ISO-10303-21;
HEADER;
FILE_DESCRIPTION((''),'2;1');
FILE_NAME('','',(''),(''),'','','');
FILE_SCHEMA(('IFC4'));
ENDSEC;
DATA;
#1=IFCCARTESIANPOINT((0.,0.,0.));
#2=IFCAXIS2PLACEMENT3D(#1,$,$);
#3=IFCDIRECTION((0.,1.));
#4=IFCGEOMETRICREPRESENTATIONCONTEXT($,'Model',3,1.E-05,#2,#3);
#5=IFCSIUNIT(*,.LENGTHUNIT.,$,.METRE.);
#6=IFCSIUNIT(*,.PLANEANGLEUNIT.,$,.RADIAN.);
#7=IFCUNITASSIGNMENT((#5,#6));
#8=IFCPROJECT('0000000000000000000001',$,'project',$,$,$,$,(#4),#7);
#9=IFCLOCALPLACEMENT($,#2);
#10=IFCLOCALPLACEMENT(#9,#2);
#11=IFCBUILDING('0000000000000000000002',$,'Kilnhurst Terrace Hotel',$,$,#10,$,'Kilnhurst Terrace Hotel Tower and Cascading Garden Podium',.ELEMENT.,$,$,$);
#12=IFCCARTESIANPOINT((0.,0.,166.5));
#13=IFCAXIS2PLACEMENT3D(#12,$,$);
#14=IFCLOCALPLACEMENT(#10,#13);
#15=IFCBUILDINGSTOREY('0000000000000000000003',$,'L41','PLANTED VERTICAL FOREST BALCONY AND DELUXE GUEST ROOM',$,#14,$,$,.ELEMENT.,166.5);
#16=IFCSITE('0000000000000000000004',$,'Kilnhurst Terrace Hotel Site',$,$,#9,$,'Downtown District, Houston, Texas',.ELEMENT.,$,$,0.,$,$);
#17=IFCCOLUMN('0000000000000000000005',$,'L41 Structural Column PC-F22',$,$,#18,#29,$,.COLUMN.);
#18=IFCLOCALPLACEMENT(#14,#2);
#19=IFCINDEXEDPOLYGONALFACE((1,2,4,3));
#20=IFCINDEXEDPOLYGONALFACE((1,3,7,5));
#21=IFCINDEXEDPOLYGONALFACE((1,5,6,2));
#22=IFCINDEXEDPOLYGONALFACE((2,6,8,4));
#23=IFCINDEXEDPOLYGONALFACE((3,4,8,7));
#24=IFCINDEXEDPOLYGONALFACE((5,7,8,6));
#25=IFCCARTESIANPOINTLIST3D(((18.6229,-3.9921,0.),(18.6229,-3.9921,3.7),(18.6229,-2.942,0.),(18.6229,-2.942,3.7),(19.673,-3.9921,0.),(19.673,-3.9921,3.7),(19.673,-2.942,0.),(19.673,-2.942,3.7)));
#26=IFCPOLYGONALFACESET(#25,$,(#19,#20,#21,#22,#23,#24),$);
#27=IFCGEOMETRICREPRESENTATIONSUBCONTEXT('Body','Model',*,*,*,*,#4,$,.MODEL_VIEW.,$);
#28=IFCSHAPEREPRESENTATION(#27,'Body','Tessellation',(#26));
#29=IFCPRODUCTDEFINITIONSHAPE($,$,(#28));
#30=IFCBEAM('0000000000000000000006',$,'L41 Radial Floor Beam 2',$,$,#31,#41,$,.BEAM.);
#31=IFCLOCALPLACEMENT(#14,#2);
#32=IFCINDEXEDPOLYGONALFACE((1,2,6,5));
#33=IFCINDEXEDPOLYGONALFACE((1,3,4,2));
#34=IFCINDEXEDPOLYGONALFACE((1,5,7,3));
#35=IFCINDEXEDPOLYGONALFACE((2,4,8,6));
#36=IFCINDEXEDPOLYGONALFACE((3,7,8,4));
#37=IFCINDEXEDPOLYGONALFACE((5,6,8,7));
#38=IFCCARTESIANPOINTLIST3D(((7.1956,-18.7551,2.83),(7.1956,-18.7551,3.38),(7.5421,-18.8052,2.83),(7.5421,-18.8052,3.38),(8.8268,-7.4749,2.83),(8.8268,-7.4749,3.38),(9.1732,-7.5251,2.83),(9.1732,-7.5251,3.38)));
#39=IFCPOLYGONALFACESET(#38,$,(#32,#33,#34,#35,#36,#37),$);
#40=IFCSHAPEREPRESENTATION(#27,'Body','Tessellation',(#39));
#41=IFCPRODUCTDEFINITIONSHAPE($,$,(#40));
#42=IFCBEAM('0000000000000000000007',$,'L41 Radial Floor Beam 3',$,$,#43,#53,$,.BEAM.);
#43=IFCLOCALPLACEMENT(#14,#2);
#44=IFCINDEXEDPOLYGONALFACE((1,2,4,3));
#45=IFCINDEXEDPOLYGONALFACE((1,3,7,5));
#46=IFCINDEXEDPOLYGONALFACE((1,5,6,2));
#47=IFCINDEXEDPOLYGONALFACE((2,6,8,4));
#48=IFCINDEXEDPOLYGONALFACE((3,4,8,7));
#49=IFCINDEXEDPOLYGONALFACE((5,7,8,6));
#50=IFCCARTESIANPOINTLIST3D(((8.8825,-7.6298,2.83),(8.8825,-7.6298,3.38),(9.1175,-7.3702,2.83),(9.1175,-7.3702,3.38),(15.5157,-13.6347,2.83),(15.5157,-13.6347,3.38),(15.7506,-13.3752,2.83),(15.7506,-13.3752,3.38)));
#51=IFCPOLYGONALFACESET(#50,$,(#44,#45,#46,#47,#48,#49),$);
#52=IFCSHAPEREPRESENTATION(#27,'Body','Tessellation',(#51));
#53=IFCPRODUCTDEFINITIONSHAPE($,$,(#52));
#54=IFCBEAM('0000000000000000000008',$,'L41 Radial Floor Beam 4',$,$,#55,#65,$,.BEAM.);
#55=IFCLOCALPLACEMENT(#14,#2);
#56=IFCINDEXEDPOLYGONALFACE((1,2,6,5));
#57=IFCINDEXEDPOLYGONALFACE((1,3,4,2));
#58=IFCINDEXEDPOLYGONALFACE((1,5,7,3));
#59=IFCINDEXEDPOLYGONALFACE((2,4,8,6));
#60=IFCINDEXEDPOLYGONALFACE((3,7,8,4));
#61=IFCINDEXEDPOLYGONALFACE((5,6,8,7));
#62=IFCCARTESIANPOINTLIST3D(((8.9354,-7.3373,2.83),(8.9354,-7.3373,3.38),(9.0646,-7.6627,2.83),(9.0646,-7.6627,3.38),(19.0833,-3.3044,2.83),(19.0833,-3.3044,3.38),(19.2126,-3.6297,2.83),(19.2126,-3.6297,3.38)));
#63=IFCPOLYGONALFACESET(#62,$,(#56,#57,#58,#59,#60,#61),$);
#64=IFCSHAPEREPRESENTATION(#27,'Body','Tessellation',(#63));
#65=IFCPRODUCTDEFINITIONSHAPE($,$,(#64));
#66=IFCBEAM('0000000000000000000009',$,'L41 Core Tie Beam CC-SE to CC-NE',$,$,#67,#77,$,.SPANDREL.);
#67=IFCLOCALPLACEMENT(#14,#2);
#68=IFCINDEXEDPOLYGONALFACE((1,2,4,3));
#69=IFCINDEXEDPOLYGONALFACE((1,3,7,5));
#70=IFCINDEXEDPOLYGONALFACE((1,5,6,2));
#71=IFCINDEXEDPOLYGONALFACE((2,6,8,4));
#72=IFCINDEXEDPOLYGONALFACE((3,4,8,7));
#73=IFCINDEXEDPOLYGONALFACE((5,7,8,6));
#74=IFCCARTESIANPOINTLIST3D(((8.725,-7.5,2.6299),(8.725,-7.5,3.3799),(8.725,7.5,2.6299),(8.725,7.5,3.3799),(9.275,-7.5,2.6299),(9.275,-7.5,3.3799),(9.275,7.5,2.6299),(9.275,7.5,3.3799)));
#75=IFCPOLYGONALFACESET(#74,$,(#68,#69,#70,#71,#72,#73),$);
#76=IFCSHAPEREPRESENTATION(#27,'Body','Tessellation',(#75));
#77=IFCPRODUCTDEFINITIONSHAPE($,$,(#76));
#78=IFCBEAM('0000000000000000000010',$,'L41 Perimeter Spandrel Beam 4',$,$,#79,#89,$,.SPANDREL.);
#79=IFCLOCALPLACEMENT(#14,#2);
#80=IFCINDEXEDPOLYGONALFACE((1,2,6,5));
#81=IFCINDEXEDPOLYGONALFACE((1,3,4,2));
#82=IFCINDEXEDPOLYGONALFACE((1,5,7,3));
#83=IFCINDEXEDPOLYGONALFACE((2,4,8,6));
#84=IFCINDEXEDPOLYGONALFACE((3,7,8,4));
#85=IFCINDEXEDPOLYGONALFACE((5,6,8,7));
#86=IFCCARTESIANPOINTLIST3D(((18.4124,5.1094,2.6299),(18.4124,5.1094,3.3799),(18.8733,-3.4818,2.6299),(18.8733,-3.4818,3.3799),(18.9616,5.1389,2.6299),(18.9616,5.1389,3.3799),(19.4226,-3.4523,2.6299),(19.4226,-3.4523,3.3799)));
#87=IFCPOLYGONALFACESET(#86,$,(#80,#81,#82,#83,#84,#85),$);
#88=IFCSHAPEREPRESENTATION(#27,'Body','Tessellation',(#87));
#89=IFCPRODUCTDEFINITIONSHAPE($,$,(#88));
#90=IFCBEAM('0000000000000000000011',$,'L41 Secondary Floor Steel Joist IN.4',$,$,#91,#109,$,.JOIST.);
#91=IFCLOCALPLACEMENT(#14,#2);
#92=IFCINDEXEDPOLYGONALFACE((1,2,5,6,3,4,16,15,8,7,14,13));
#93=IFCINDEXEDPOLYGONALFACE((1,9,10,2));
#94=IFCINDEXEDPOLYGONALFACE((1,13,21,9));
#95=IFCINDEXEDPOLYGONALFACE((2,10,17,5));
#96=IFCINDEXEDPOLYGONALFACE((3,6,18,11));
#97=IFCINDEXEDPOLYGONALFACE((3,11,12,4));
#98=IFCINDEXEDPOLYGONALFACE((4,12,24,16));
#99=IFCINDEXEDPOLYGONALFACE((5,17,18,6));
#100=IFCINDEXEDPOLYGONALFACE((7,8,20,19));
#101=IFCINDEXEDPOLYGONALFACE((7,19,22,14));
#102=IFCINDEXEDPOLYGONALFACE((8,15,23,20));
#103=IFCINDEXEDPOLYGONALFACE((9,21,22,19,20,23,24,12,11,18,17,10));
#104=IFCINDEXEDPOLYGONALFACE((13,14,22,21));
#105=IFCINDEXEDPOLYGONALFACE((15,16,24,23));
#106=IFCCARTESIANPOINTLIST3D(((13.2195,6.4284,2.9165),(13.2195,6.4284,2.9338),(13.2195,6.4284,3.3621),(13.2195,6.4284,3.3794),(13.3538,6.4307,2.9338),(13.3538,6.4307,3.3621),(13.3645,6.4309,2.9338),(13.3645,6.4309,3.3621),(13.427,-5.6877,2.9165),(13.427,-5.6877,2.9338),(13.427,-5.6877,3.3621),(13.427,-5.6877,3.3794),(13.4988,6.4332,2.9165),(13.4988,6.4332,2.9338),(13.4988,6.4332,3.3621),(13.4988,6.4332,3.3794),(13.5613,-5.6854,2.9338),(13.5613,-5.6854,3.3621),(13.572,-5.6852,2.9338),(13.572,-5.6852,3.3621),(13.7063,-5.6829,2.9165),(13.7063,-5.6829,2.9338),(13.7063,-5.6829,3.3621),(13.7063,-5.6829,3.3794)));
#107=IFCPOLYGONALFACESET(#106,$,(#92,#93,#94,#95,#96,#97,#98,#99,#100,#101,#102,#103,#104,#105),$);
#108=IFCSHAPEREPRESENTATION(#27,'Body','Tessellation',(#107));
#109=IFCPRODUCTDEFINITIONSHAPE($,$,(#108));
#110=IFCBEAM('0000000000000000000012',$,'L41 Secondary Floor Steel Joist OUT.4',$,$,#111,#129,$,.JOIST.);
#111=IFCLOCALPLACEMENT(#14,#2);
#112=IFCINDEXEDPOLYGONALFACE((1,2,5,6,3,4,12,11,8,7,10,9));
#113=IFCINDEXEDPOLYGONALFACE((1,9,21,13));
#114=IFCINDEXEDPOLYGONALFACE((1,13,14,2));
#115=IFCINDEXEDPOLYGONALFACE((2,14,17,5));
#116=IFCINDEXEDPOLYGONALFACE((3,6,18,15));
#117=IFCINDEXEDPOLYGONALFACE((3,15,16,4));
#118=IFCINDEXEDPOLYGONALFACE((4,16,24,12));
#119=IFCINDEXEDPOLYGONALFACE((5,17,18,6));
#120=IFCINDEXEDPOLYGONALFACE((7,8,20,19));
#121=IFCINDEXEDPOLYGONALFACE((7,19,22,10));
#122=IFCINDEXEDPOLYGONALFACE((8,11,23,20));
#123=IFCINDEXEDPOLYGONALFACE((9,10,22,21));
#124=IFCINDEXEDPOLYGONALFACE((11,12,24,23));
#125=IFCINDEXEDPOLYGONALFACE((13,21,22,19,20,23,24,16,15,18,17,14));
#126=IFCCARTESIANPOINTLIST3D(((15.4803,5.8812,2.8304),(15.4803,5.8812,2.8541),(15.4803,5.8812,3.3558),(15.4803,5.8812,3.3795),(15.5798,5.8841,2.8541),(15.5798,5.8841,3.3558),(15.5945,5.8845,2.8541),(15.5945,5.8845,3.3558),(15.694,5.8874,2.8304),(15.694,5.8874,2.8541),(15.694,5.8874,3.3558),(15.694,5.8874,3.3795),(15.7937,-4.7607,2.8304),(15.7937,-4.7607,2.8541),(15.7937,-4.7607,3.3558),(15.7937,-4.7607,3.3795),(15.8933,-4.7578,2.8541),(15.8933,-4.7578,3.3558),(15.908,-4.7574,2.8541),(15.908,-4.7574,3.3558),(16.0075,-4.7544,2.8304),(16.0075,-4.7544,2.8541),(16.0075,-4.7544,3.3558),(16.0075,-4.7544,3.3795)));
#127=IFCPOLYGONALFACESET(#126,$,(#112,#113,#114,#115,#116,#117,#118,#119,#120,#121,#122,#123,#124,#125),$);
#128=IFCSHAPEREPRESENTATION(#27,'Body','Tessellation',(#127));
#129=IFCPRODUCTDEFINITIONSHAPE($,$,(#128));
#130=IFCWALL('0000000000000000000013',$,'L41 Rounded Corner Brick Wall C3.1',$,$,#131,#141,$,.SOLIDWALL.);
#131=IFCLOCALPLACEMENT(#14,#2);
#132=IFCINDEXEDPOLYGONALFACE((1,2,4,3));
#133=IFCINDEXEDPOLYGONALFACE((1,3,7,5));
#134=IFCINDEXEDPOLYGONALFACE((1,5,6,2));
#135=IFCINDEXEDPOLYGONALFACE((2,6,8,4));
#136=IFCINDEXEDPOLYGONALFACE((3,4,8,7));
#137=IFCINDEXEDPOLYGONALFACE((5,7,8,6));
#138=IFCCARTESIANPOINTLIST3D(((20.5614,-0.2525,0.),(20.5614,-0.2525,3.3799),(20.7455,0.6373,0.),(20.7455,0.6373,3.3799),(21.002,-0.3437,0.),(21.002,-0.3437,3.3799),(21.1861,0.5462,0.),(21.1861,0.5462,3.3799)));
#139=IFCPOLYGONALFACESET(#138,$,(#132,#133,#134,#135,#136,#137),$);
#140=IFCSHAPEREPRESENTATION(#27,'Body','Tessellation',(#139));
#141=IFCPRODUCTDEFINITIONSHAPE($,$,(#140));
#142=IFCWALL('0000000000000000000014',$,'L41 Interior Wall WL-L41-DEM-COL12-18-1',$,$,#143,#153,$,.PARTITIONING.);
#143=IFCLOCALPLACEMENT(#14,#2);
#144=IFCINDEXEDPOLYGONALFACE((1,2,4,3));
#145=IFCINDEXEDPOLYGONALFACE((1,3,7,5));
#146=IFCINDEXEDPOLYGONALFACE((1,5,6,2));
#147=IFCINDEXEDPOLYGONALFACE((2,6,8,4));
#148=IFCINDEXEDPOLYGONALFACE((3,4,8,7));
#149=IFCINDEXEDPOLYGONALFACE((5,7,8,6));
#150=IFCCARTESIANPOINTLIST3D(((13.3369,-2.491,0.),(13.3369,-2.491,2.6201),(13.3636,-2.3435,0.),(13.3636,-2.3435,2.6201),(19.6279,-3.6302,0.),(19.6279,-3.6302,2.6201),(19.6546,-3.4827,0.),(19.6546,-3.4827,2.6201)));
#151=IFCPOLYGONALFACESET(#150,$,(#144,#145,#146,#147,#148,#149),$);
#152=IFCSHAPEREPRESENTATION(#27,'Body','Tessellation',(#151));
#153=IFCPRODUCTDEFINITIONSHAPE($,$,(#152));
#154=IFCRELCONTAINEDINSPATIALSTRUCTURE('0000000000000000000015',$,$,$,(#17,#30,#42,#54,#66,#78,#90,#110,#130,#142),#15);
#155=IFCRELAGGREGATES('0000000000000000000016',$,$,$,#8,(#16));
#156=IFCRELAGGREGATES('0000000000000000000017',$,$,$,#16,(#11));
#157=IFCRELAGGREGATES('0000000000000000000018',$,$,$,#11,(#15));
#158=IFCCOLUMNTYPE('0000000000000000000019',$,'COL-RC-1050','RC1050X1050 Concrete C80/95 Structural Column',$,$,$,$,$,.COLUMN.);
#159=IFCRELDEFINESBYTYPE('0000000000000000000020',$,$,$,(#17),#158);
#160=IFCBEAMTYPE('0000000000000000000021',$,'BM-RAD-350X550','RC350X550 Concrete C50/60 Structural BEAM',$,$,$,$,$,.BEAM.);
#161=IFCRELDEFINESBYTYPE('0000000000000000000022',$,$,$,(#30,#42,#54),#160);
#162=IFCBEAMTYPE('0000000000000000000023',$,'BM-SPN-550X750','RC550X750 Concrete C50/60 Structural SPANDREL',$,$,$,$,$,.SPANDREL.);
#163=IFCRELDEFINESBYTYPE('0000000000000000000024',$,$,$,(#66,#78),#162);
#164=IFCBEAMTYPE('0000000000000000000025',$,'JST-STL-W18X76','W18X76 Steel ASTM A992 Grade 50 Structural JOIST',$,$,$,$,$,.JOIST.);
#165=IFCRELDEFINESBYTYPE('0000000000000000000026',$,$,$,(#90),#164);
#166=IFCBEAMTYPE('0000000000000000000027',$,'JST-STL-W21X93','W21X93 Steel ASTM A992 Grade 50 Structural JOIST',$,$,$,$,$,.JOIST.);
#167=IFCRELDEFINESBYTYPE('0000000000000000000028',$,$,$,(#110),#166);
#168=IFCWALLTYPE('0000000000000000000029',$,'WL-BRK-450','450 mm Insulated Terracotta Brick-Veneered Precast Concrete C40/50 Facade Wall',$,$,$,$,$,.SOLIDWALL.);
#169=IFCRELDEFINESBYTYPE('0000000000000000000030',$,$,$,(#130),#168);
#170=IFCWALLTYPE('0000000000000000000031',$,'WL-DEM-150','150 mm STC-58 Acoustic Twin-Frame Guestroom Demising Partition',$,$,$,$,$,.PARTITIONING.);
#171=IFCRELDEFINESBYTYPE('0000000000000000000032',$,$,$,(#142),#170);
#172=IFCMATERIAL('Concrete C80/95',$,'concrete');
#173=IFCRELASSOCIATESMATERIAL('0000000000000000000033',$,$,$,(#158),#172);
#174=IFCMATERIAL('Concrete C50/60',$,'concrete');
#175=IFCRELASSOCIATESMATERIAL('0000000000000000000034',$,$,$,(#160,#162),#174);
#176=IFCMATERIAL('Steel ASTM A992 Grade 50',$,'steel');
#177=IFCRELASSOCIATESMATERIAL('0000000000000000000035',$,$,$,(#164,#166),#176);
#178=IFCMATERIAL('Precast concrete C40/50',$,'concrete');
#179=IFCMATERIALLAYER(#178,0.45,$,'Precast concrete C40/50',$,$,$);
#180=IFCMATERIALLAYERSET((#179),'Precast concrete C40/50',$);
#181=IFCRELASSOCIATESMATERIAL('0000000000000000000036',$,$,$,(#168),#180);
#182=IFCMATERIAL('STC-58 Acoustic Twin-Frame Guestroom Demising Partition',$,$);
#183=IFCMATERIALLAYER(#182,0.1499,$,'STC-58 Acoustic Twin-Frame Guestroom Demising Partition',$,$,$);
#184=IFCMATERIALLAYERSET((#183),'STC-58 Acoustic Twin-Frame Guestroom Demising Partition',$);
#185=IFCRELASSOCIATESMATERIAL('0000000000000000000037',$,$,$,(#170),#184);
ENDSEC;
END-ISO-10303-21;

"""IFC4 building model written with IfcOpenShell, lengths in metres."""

from ifc_helpers import new_model, si_unit, direction, frame, frame_2d, origin, origin_2d, place, context, subcontext, project, spatial, rectangle, i_section, extrude, material, layer, layer_set, material_profile, profile_set, type_object, element, save


model = new_model("IFC4")

# Units and contexts
model_context = context("Model", 3, precision=1e-05, world=origin(), true_north=direction((0.0, 1.0)))
body_context = subcontext(model_context, "Body", "Model", "MODEL_VIEW")
ifc_project = project(units=[si_unit("LENGTHUNIT", "METRE"), si_unit("PLANEANGLEUNIT", "RADIAN")], contexts=[model_context])

# Site, building, storey
site_placement = place(None, origin())
site = spatial("IfcSite", under=ifc_project, at=site_placement, Name="Kilnhurst Terrace Hotel Site", LongName="Downtown District, Houston, Texas", CompositionType="ELEMENT", RefElevation=0.0)
building_placement = place(site_placement, origin())
building = spatial("IfcBuilding", under=site, at=building_placement, Name="Kilnhurst Terrace Hotel", LongName="Kilnhurst Terrace Hotel Tower and Cascading Garden Podium", CompositionType="ELEMENT")
storey_placement = place(building_placement, frame((0.0, 0.0, 166.5)))
storey = spatial("IfcBuildingStorey", under=building, at=storey_placement, Name="L41", Description="PLANTED VERTICAL FOREST BALCONY AND DELUXE GUEST ROOM", CompositionType="ELEMENT", Elevation=166.5)

# Column
ifc_material_1 = material(Name="Concrete C80/95", Category="concrete")
ifc_material_profile_1 = material_profile(ifc_material_1, rectangle(XDim=1.05, YDim=1.05, at=origin_2d()), Name="RC1050X1050")
ifc_profile_set_1 = profile_set([ifc_material_profile_1], Name="Concrete C80/95")
column_type = type_object("IfcColumnType", Name="COL-RC-1050", Description="RC1050X1050 Concrete C80/95 Structural Column", PredefinedType="COLUMN", material=ifc_profile_set_1)
column_placement = place(storey_placement, frame((19.1479, -3.467, 0.0), z_axis=(0.0, 0.0, 1.0), x_axis=(1.0, 0.0, 0.0)))
element("IfcColumn", 1, at=column_placement, inside=storey, type_object=column_type, Name="L41 Structural Column PC-F22", PredefinedType="COLUMN", context=body_context, shape_type="SweptSolid", body=[
    extrude(rectangle(XDim=1.05, YDim=1.05, at=origin_2d()), origin(), (0.0, 0.0, 1.0), 3.7),
])

# Beams
ifc_material_2 = material(Name="Concrete C50/60", Category="concrete")
ifc_material_profile_2 = material_profile(ifc_material_2, rectangle(XDim=0.3501, YDim=0.55, at=origin_2d()), Name="RC350X550")
ifc_profile_set_2 = profile_set([ifc_material_profile_2], Name="Concrete C50/60")
beam_type_1 = type_object("IfcBeamType", Name="BM-RAD-350X550", Description="RC350X550 Concrete C50/60 Structural BEAM", PredefinedType="BEAM", material=ifc_profile_set_2)
beam_1_placement = place(storey_placement, frame((9.0, -7.5, 3.105), z_axis=(-0.143113, -0.989706, 0.0), x_axis=(0.989706, -0.143113, 0.0)))
element("IfcBeam", 2, at=beam_1_placement, inside=storey, type_object=beam_type_1, Name="L41 Radial Floor Beam 2", PredefinedType="BEAM", context=body_context, shape_type="SweptSolid", body=[
    extrude(rectangle(XDim=0.3501, YDim=0.55, at=origin_2d()), origin(), (0.0, 0.0, 1.0), 11.3975),
])
beam_2_placement = place(storey_placement, frame((9.0, -7.5, 3.105), z_axis=(0.741339, -0.671131, 0.0), x_axis=(0.671131, 0.741339, 0.0)))
element("IfcBeam", 3, at=beam_2_placement, inside=storey, type_object=beam_type_1, Name="L41 Radial Floor Beam 3", PredefinedType="BEAM", context=body_context, shape_type="SweptSolid", body=[
    extrude(rectangle(XDim=0.3501, YDim=0.55, at=origin_2d()), origin(), (0.0, 0.0, 1.0), 8.9475),
])
beam_3_placement = place(storey_placement, frame((9.0, -7.5, 3.105), z_axis=(0.929302, 0.36932, 0.0), x_axis=(-0.36932, 0.929302, 0.0)))
element("IfcBeam", 4, at=beam_3_placement, inside=storey, type_object=beam_type_1, Name="L41 Radial Floor Beam 4", PredefinedType="BEAM", context=body_context, shape_type="SweptSolid", body=[
    extrude(rectangle(XDim=0.3501, YDim=0.55, at=origin_2d()), origin(), (0.0, 0.0, 1.0), 10.9199),
])
ifc_material_profile_3 = material_profile(ifc_material_2, rectangle(XDim=0.55, YDim=0.75, at=origin_2d()), Name="RC550X750")
ifc_profile_set_3 = profile_set([ifc_material_profile_3], Name="Concrete C50/60")
beam_type_2 = type_object("IfcBeamType", Name="BM-SPN-550X750", Description="RC550X750 Concrete C50/60 Structural SPANDREL", PredefinedType="SPANDREL", material=ifc_profile_set_3)
beam_4_placement = place(storey_placement, frame((9.0, -7.5, 3.0049), z_axis=(0.0, 1.0, 0.0), x_axis=(-1.0, 0.0, 0.0)))
element("IfcBeam", 5, at=beam_4_placement, inside=storey, type_object=beam_type_2, Name="L41 Core Tie Beam CC-SE to CC-NE", PredefinedType="SPANDREL", context=body_context, shape_type="SweptSolid", body=[
    extrude(rectangle(XDim=0.55, YDim=0.75, at=origin_2d()), origin(), (0.0, 0.0, 1.0), 15.0),
])
beam_5_placement = place(storey_placement, frame((19.1479, -3.467, 3.0049), z_axis=(-0.053576, 0.998564, 0.0), x_axis=(-0.998564, -0.053576, 0.0)))
element("IfcBeam", 6, at=beam_5_placement, inside=storey, type_object=beam_type_2, Name="L41 Perimeter Spandrel Beam 4", PredefinedType="SPANDREL", context=body_context, shape_type="SweptSolid", body=[
    extrude(rectangle(XDim=0.55, YDim=0.75, at=origin_2d()), origin(), (0.0, 0.0, 1.0), 8.6035),
])
ifc_material_3 = material(Name="Steel ASTM A992 Grade 50", Category="steel")
ifc_material_profile_4 = material_profile(ifc_material_3, i_section(OverallWidth=0.2793, OverallDepth=0.4629, WebThickness=0.0107, FlangeThickness=0.0173, at=origin_2d()), Name="W18X76")
ifc_profile_set_4 = profile_set([ifc_material_profile_4], Name="Steel ASTM A992 Grade 50")
beam_type_3 = type_object("IfcBeamType", Name="JST-STL-W18X76", Description="W18X76 Steel ASTM A992 Grade 50 Structural JOIST", PredefinedType="JOIST", material=ifc_profile_set_4)
beam_6_placement = place(storey_placement, frame((13.5667, -5.6853, 3.1479), z_axis=(-0.017125, 0.999853, 0.0), x_axis=(-0.999853, -0.017125, 0.0)))
element("IfcBeam", 7, at=beam_6_placement, inside=storey, type_object=beam_type_3, Name="L41 Secondary Floor Steel Joist IN.4", PredefinedType="JOIST", context=body_context, shape_type="SweptSolid", body=[
    extrude(i_section(OverallWidth=0.2793, OverallDepth=0.4629, WebThickness=0.0107, FlangeThickness=0.0173, at=origin_2d()), origin(), (0.0, 0.0, 1.0), 12.1179),
])
ifc_material_profile_5 = material_profile(ifc_material_3, i_section(OverallWidth=0.2139, OverallDepth=0.5491, WebThickness=0.0146, FlangeThickness=0.0237, at=origin_2d()), Name="W21X93")
ifc_profile_set_5 = profile_set([ifc_material_profile_5], Name="Steel ASTM A992 Grade 50")
beam_type_4 = type_object("IfcBeamType", Name="JST-STL-W21X93", Description="W21X93 Steel ASTM A992 Grade 50 Structural JOIST", PredefinedType="JOIST", material=ifc_profile_set_5)
beam_7_placement = place(storey_placement, frame((15.9006, -4.7576, 3.105), z_axis=(-0.029444, 0.999566, 0.0), x_axis=(-0.999566, -0.029444, 0.0)))
element("IfcBeam", 8, at=beam_7_placement, inside=storey, type_object=beam_type_4, Name="L41 Secondary Floor Steel Joist OUT.4", PredefinedType="JOIST", context=body_context, shape_type="SweptSolid", body=[
    extrude(i_section(OverallWidth=0.2139, OverallDepth=0.5491, WebThickness=0.0146, FlangeThickness=0.0237, at=origin_2d()), origin(), (0.0, 0.0, 1.0), 10.6465),
])

# Wall
ifc_material_4 = material(Name="Precast concrete C40/50", Category="concrete")
ifc_layer_1 = layer(ifc_material_4, 0.45, Name="Precast concrete C40/50")
ifc_layer_set_1 = layer_set([ifc_layer_1], Name="Precast concrete C40/50")
wall_type_1 = type_object("IfcWallType", Name="WL-BRK-450", Description="450 mm Insulated Terracotta Brick-Veneered Precast Concrete C40/50 Facade Wall", PredefinedType="SOLIDWALL", material=ifc_layer_set_1)
wall_1_placement = place(storey_placement, frame((20.7817, -0.2981, 0.0), z_axis=(0.0, 0.0, 1.0), x_axis=(0.20257, 0.979268, 0.0)))
element("IfcWall", 9, at=wall_1_placement, inside=storey, type_object=wall_type_1, Name="L41 Rounded Corner Brick Wall C3.1", PredefinedType="SOLIDWALL", context=body_context, shape_type="SweptSolid", body=[
    extrude(rectangle(XDim=0.9087, YDim=0.45, at=frame_2d((0.4543, 0.0))), origin(), (0.0, 0.0, 1.0), 3.3799),
])

# Wall
ifc_material_5 = material(Name="STC-58 Acoustic Twin-Frame Guestroom Demising Partition")
ifc_layer_2 = layer(ifc_material_5, 0.1499, Name="STC-58 Acoustic Twin-Frame Guestroom Demising Partition")
ifc_layer_set_2 = layer_set([ifc_layer_2], Name="STC-58 Acoustic Twin-Frame Guestroom Demising Partition")
wall_type_2 = type_object("IfcWallType", Name="WL-DEM-150", Description="150 mm STC-58 Acoustic Twin-Frame Guestroom Demising Partition", PredefinedType="PARTITIONING", material=ifc_layer_set_2)
wall_2_placement = place(storey_placement, frame((13.3501, -2.4172, 0.0), z_axis=(0.0, 0.0, 1.0), x_axis=(0.983998, -0.17818, 0.0)))
element("IfcWall", 10, at=wall_2_placement, inside=storey, type_object=wall_type_2, Name="L41 Interior Wall WL-L41-DEM-COL12-18-1", PredefinedType="PARTITIONING", context=body_context, shape_type="SweptSolid", body=[
    extrude(rectangle(XDim=6.3933, YDim=0.1499, at=frame_2d((3.1968, 0.0))), origin(), (0.0, 0.0, 1.0), 2.6201),
])

save(model, "model.ifc")
